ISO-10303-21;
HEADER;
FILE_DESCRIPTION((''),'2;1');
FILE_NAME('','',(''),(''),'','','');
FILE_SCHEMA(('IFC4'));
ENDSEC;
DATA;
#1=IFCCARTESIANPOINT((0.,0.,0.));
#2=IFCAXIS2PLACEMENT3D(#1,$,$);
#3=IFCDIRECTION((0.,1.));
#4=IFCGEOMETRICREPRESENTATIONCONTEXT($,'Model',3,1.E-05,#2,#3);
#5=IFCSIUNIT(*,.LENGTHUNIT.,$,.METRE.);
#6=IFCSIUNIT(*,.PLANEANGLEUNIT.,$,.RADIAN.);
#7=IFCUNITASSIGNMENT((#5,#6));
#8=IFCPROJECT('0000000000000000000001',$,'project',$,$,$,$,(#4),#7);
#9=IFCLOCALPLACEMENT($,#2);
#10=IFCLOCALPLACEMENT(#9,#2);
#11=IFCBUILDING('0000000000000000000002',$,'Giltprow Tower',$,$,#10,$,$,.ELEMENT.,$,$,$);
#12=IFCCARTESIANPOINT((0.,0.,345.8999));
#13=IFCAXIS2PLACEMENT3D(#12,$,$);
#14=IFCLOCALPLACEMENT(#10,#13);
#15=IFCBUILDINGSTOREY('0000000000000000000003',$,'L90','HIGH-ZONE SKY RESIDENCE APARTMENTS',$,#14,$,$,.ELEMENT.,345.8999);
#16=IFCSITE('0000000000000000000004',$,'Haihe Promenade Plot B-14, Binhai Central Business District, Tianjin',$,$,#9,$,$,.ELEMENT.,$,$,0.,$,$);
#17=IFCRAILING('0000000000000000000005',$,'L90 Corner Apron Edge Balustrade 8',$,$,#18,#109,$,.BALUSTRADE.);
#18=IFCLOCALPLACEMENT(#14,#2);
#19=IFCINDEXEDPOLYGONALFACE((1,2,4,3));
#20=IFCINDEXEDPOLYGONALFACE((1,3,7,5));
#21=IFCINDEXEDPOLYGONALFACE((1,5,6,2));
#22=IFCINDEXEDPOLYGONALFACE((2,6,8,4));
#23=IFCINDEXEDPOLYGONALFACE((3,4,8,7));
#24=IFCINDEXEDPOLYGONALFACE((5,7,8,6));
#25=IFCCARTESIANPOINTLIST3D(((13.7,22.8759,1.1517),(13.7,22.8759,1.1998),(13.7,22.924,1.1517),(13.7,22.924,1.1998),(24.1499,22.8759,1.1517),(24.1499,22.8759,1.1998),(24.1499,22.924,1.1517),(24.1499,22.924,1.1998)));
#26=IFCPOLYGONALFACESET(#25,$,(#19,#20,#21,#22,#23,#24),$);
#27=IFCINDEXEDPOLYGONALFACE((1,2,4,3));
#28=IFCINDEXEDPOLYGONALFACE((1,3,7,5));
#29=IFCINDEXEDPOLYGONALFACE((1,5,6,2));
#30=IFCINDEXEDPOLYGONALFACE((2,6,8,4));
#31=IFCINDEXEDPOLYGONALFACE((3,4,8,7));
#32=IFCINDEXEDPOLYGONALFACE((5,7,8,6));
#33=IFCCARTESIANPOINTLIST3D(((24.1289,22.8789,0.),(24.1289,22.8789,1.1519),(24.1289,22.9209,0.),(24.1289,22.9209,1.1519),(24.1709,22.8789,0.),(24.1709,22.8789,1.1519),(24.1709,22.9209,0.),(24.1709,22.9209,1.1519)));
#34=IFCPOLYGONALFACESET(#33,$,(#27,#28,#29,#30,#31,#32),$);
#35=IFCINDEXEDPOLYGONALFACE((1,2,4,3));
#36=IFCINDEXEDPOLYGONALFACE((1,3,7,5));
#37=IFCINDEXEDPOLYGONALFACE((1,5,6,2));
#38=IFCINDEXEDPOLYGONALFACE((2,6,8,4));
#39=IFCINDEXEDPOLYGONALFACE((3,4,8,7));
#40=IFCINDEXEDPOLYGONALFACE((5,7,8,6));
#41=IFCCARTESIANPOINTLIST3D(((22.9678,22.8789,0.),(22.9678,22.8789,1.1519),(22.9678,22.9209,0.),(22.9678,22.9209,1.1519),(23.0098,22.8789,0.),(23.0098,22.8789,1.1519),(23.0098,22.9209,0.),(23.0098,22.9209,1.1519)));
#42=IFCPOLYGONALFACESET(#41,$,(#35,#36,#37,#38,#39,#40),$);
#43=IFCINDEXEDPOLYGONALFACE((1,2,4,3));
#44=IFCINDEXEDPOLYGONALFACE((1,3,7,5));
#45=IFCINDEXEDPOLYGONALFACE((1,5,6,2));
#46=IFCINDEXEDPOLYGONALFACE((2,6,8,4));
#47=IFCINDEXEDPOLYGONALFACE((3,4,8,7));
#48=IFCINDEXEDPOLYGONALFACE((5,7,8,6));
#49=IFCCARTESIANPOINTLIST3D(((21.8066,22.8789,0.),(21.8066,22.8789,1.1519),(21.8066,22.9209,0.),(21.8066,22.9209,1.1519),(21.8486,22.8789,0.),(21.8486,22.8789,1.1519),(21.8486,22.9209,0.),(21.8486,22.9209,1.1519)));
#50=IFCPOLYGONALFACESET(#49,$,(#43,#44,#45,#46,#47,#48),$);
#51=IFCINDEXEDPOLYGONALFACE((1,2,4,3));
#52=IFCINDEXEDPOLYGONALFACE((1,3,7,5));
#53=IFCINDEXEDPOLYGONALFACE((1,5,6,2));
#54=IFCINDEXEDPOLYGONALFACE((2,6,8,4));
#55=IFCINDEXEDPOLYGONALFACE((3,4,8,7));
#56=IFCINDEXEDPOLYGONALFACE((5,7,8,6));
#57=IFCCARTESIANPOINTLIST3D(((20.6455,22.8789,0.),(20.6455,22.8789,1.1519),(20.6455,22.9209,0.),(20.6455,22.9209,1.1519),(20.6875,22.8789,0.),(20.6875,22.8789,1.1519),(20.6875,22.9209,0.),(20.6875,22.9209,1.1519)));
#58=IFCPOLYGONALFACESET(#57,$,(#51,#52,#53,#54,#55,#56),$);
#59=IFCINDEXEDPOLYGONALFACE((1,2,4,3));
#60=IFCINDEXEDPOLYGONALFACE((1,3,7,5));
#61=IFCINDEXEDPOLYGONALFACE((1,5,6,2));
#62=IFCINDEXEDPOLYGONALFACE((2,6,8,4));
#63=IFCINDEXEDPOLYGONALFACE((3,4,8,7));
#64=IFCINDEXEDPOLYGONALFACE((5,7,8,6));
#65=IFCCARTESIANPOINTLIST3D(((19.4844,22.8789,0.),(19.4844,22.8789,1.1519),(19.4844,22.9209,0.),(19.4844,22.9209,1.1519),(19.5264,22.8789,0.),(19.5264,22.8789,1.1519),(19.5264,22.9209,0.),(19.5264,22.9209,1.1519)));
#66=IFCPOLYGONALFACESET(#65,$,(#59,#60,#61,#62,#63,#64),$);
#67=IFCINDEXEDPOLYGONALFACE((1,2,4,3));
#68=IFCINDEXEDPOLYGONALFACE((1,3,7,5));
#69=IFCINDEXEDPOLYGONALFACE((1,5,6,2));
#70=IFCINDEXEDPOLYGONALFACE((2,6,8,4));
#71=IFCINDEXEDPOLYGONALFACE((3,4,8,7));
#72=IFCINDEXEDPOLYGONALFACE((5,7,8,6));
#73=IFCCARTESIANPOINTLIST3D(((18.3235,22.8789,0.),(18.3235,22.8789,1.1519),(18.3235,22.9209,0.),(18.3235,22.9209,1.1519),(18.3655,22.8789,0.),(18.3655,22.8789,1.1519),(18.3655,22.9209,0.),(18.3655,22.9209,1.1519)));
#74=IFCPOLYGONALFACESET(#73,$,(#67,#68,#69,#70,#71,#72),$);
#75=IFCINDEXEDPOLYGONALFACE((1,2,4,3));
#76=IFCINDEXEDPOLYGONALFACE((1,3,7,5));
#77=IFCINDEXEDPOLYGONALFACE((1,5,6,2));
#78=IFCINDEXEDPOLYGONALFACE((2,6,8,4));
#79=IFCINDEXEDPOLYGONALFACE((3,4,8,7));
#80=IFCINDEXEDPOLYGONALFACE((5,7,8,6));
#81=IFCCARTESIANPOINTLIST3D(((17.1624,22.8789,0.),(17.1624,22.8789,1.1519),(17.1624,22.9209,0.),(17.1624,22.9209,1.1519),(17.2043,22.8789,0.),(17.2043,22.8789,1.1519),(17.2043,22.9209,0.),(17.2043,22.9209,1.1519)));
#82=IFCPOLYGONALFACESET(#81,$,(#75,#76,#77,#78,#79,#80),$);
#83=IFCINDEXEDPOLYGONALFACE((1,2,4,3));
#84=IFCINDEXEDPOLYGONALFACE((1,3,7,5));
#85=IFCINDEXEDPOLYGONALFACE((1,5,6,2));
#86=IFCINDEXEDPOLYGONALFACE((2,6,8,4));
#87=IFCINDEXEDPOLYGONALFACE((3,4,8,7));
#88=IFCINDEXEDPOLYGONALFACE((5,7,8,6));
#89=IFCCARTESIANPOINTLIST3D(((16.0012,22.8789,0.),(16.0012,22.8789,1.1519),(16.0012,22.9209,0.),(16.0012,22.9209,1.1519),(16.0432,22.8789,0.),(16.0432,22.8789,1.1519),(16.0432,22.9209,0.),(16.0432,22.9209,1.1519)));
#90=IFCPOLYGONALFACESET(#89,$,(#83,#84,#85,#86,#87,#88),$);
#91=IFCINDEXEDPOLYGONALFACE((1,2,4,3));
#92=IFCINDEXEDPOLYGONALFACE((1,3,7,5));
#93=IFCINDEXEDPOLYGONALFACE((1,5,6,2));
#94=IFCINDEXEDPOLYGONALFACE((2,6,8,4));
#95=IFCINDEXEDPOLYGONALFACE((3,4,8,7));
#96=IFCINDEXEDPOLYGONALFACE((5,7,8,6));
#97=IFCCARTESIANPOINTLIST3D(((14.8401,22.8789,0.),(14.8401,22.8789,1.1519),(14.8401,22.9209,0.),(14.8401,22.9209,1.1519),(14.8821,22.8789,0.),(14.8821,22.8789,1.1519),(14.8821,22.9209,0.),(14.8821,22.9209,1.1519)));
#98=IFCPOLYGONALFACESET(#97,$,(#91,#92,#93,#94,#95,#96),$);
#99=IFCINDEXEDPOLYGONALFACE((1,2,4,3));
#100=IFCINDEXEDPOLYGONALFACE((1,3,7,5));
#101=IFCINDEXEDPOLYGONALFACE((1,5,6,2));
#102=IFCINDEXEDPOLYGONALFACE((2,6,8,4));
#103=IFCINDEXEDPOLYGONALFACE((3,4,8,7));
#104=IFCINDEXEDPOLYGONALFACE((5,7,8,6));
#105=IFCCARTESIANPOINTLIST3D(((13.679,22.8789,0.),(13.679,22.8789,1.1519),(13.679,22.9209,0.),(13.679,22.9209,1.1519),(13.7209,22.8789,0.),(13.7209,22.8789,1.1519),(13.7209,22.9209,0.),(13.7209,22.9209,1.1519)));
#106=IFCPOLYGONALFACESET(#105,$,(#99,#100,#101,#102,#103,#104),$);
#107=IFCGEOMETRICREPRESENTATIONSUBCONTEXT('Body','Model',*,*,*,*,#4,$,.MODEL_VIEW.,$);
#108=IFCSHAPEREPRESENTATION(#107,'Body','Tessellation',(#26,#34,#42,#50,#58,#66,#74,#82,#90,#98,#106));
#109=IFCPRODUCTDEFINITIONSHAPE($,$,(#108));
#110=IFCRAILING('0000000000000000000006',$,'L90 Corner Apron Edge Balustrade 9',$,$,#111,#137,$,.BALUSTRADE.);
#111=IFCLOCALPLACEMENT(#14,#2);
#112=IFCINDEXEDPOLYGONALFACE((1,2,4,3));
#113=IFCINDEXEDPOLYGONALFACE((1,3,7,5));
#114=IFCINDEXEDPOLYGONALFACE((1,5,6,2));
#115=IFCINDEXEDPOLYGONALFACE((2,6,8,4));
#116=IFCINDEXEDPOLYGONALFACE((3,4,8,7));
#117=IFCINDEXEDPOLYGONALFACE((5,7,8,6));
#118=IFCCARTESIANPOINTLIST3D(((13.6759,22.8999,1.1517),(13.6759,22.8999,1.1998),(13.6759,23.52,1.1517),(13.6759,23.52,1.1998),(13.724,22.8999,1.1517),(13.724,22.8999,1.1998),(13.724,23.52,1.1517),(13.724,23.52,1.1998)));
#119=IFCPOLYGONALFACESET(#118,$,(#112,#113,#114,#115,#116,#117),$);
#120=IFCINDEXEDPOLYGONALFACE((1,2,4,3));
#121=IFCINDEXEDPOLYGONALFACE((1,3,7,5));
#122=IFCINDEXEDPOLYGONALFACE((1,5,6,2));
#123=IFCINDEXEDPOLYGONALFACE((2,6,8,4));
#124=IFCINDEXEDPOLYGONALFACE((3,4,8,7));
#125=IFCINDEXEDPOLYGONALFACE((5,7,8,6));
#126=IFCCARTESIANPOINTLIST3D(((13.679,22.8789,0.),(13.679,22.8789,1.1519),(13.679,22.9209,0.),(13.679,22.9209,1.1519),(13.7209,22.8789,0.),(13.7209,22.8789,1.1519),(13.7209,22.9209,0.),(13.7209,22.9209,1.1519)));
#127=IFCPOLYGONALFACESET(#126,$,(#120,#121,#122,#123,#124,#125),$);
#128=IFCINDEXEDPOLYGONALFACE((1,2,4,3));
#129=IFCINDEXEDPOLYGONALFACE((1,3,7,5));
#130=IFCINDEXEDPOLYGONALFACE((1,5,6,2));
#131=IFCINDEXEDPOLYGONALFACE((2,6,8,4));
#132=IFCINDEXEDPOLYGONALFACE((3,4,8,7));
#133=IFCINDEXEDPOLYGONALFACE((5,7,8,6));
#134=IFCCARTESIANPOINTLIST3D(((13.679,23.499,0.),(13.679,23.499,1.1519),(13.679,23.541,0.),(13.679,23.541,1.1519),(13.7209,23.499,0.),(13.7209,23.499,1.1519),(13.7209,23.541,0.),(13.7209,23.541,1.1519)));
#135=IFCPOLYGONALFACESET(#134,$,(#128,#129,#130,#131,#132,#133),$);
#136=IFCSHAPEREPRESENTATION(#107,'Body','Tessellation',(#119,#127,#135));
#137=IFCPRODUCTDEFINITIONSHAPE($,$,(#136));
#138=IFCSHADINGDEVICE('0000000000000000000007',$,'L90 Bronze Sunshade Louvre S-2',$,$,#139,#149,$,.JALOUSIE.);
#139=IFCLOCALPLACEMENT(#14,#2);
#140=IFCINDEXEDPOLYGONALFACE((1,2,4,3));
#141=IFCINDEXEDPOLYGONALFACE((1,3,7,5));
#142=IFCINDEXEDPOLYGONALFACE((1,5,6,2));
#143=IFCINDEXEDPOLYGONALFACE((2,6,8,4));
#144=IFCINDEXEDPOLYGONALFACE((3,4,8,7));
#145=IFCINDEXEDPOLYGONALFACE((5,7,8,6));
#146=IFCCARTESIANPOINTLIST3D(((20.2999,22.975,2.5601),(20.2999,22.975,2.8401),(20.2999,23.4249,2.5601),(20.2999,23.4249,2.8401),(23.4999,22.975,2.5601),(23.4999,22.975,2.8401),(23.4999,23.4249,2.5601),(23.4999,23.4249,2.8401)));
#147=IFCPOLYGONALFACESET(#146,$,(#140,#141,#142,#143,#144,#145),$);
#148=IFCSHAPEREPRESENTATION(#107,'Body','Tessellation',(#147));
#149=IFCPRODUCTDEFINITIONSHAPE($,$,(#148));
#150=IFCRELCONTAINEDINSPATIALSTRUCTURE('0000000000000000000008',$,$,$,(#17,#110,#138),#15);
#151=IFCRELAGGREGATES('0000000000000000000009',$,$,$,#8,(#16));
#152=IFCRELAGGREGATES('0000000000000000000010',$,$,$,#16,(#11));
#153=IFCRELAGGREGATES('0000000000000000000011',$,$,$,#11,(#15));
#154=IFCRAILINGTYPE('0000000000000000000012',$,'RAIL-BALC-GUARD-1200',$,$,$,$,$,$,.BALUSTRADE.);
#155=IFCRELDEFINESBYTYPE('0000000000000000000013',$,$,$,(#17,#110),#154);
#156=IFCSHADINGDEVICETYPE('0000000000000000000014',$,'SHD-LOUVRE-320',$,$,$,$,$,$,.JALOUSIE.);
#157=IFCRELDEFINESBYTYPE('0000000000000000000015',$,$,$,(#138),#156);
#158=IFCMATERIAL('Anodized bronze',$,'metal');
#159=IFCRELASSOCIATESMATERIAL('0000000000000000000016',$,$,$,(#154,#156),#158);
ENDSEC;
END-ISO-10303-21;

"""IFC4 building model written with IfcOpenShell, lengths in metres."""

from ifc_helpers import new_model, si_unit, direction, frame, origin, origin_2d, place, context, subcontext, project, spatial, rectangle, extrude, source, transform, mapped, material, type_object, element, save


model = new_model("IFC4")

# Units and contexts
model_context = context("Model", 3, precision=1e-05, world=origin(), true_north=direction((0.0, 1.0)))
body_context = subcontext(model_context, "Body", "Model", "MODEL_VIEW")
ifc_project = project(units=[si_unit("LENGTHUNIT", "METRE"), si_unit("PLANEANGLEUNIT", "RADIAN")], contexts=[model_context])

# Site, building, storey
site_placement = place(None, origin())
site = spatial("IfcSite", under=ifc_project, at=site_placement, Name="Haihe Promenade Plot B-14, Binhai Central Business District, Tianjin", CompositionType="ELEMENT", RefElevation=0.0)
building_placement = place(site_placement, origin())
building = spatial("IfcBuilding", under=site, at=building_placement, Name="Giltprow Tower", CompositionType="ELEMENT")
storey_placement = place(building_placement, frame((0.0, 0.0, 345.8999)))
storey = spatial("IfcBuildingStorey", under=building, at=storey_placement, Name="L90", Description="HIGH-ZONE SKY RESIDENCE APARTMENTS", CompositionType="ELEMENT", Elevation=345.8999)

# Shared definitions
ifc_material_1 = material(Name="Anodized bronze", Category="metal")

# Railings
railing_type = type_object("IfcRailingType", Name="RAIL-BALC-GUARD-1200", PredefinedType="BALUSTRADE", material=ifc_material_1)
railing_1_placement = place(storey_placement, frame((24.1499, 22.8999, 0.0)))
element("IfcRailing", 1, at=railing_1_placement, inside=storey, type_object=railing_type, Name="L90 Corner Apron Edge Balustrade 8", PredefinedType="BALUSTRADE", context=body_context, shape_type="SweptSolid", body=[
    extrude(rectangle(XDim=0.0481, YDim=0.0481, at=origin_2d()), frame((0.0, 0.0, 1.1758), z_axis=(-1.0, 0.0, 0.0), x_axis=(0.0, -1.0, 0.0)), (0.0, 0.0, 1.0), 10.45),
    extrude(rectangle(XDim=0.042, YDim=0.042, at=origin_2d()), origin(), (0.0, 0.0, 1.0), 1.1519),
    extrude(rectangle(XDim=0.042, YDim=0.042, at=origin_2d()), frame((-1.1611, 0.0, 0.0)), (0.0, 0.0, 1.0), 1.1519),
    extrude(rectangle(XDim=0.042, YDim=0.042, at=origin_2d()), frame((-2.3223, 0.0, 0.0)), (0.0, 0.0, 1.0), 1.1519),
    extrude(rectangle(XDim=0.042, YDim=0.042, at=origin_2d()), frame((-3.4834, 0.0, 0.0)), (0.0, 0.0, 1.0), 1.1519),
    extrude(rectangle(XDim=0.042, YDim=0.042, at=origin_2d()), frame((-4.6445, 0.0, 0.0)), (0.0, 0.0, 1.0), 1.1519),
    extrude(rectangle(XDim=0.042, YDim=0.042, at=origin_2d()), frame((-5.8054, 0.0, 0.0)), (0.0, 0.0, 1.0), 1.1519),
    extrude(rectangle(XDim=0.042, YDim=0.042, at=origin_2d()), frame((-6.9666, 0.0, 0.0)), (0.0, 0.0, 1.0), 1.1519),
    extrude(rectangle(XDim=0.042, YDim=0.042, at=origin_2d()), frame((-8.1277, 0.0, 0.0)), (0.0, 0.0, 1.0), 1.1519),
    extrude(rectangle(XDim=0.042, YDim=0.042, at=origin_2d()), frame((-9.2888, 0.0, 0.0)), (0.0, 0.0, 1.0), 1.1519),
    extrude(rectangle(XDim=0.042, YDim=0.042, at=origin_2d()), frame((-10.45, 0.0, 0.0)), (0.0, 0.0, 1.0), 1.1519),
])
railing_2_placement = place(storey_placement, frame((13.7, 22.8999, 0.0)))
element("IfcRailing", 2, at=railing_2_placement, inside=storey, type_object=railing_type, Name="L90 Corner Apron Edge Balustrade 9", PredefinedType="BALUSTRADE", context=body_context, shape_type="SweptSolid", body=[
    extrude(rectangle(XDim=0.0481, YDim=0.0481, at=origin_2d()), frame((0.0, 0.0, 1.1758), z_axis=(0.0, 1.0, 0.0), x_axis=(-1.0, 0.0, 0.0)), (0.0, 0.0, 1.0), 0.6201),
    extrude(rectangle(XDim=0.042, YDim=0.042, at=origin_2d()), origin(), (0.0, 0.0, 1.0), 1.1519),
    extrude(rectangle(XDim=0.042, YDim=0.042, at=origin_2d()), frame((0.0, 0.6201, 0.0)), (0.0, 0.0, 1.0), 1.1519),
])

# Shading device
shading_device_type = type_object("IfcShadingDeviceType", Name="SHD-LOUVRE-320", PredefinedType="JALOUSIE", material=ifc_material_1)
shared_shape_1 = source(origin(), body_context, "Body", "SweptSolid", [
    extrude(rectangle(XDim=3.2, YDim=0.45, at=origin_2d()), origin(), (0.0, 0.0, 1.0), 0.28),
])
shading_device_placement = place(storey_placement, frame((21.8999, 23.2, 2.5601), z_axis=(0.0, 0.0, 1.0), x_axis=(1.0, 0.0, 0.0)))
element("IfcShadingDevice", 3, at=shading_device_placement, inside=storey, type_object=shading_device_type, Name="L90 Bronze Sunshade Louvre S-2", PredefinedType="JALOUSIE", context=body_context, shape_type="MappedRepresentation", body=[
    mapped(shared_shape_1, transform((0.0, 0.0, 0.0), x_axis=(1.0, 0.0, 0.0), y_axis=(0.0, 1.0, 0.0), z_axis=(0.0, 0.0, 1.0), scale=1.0)),
])

save(model, "model.ifc")
